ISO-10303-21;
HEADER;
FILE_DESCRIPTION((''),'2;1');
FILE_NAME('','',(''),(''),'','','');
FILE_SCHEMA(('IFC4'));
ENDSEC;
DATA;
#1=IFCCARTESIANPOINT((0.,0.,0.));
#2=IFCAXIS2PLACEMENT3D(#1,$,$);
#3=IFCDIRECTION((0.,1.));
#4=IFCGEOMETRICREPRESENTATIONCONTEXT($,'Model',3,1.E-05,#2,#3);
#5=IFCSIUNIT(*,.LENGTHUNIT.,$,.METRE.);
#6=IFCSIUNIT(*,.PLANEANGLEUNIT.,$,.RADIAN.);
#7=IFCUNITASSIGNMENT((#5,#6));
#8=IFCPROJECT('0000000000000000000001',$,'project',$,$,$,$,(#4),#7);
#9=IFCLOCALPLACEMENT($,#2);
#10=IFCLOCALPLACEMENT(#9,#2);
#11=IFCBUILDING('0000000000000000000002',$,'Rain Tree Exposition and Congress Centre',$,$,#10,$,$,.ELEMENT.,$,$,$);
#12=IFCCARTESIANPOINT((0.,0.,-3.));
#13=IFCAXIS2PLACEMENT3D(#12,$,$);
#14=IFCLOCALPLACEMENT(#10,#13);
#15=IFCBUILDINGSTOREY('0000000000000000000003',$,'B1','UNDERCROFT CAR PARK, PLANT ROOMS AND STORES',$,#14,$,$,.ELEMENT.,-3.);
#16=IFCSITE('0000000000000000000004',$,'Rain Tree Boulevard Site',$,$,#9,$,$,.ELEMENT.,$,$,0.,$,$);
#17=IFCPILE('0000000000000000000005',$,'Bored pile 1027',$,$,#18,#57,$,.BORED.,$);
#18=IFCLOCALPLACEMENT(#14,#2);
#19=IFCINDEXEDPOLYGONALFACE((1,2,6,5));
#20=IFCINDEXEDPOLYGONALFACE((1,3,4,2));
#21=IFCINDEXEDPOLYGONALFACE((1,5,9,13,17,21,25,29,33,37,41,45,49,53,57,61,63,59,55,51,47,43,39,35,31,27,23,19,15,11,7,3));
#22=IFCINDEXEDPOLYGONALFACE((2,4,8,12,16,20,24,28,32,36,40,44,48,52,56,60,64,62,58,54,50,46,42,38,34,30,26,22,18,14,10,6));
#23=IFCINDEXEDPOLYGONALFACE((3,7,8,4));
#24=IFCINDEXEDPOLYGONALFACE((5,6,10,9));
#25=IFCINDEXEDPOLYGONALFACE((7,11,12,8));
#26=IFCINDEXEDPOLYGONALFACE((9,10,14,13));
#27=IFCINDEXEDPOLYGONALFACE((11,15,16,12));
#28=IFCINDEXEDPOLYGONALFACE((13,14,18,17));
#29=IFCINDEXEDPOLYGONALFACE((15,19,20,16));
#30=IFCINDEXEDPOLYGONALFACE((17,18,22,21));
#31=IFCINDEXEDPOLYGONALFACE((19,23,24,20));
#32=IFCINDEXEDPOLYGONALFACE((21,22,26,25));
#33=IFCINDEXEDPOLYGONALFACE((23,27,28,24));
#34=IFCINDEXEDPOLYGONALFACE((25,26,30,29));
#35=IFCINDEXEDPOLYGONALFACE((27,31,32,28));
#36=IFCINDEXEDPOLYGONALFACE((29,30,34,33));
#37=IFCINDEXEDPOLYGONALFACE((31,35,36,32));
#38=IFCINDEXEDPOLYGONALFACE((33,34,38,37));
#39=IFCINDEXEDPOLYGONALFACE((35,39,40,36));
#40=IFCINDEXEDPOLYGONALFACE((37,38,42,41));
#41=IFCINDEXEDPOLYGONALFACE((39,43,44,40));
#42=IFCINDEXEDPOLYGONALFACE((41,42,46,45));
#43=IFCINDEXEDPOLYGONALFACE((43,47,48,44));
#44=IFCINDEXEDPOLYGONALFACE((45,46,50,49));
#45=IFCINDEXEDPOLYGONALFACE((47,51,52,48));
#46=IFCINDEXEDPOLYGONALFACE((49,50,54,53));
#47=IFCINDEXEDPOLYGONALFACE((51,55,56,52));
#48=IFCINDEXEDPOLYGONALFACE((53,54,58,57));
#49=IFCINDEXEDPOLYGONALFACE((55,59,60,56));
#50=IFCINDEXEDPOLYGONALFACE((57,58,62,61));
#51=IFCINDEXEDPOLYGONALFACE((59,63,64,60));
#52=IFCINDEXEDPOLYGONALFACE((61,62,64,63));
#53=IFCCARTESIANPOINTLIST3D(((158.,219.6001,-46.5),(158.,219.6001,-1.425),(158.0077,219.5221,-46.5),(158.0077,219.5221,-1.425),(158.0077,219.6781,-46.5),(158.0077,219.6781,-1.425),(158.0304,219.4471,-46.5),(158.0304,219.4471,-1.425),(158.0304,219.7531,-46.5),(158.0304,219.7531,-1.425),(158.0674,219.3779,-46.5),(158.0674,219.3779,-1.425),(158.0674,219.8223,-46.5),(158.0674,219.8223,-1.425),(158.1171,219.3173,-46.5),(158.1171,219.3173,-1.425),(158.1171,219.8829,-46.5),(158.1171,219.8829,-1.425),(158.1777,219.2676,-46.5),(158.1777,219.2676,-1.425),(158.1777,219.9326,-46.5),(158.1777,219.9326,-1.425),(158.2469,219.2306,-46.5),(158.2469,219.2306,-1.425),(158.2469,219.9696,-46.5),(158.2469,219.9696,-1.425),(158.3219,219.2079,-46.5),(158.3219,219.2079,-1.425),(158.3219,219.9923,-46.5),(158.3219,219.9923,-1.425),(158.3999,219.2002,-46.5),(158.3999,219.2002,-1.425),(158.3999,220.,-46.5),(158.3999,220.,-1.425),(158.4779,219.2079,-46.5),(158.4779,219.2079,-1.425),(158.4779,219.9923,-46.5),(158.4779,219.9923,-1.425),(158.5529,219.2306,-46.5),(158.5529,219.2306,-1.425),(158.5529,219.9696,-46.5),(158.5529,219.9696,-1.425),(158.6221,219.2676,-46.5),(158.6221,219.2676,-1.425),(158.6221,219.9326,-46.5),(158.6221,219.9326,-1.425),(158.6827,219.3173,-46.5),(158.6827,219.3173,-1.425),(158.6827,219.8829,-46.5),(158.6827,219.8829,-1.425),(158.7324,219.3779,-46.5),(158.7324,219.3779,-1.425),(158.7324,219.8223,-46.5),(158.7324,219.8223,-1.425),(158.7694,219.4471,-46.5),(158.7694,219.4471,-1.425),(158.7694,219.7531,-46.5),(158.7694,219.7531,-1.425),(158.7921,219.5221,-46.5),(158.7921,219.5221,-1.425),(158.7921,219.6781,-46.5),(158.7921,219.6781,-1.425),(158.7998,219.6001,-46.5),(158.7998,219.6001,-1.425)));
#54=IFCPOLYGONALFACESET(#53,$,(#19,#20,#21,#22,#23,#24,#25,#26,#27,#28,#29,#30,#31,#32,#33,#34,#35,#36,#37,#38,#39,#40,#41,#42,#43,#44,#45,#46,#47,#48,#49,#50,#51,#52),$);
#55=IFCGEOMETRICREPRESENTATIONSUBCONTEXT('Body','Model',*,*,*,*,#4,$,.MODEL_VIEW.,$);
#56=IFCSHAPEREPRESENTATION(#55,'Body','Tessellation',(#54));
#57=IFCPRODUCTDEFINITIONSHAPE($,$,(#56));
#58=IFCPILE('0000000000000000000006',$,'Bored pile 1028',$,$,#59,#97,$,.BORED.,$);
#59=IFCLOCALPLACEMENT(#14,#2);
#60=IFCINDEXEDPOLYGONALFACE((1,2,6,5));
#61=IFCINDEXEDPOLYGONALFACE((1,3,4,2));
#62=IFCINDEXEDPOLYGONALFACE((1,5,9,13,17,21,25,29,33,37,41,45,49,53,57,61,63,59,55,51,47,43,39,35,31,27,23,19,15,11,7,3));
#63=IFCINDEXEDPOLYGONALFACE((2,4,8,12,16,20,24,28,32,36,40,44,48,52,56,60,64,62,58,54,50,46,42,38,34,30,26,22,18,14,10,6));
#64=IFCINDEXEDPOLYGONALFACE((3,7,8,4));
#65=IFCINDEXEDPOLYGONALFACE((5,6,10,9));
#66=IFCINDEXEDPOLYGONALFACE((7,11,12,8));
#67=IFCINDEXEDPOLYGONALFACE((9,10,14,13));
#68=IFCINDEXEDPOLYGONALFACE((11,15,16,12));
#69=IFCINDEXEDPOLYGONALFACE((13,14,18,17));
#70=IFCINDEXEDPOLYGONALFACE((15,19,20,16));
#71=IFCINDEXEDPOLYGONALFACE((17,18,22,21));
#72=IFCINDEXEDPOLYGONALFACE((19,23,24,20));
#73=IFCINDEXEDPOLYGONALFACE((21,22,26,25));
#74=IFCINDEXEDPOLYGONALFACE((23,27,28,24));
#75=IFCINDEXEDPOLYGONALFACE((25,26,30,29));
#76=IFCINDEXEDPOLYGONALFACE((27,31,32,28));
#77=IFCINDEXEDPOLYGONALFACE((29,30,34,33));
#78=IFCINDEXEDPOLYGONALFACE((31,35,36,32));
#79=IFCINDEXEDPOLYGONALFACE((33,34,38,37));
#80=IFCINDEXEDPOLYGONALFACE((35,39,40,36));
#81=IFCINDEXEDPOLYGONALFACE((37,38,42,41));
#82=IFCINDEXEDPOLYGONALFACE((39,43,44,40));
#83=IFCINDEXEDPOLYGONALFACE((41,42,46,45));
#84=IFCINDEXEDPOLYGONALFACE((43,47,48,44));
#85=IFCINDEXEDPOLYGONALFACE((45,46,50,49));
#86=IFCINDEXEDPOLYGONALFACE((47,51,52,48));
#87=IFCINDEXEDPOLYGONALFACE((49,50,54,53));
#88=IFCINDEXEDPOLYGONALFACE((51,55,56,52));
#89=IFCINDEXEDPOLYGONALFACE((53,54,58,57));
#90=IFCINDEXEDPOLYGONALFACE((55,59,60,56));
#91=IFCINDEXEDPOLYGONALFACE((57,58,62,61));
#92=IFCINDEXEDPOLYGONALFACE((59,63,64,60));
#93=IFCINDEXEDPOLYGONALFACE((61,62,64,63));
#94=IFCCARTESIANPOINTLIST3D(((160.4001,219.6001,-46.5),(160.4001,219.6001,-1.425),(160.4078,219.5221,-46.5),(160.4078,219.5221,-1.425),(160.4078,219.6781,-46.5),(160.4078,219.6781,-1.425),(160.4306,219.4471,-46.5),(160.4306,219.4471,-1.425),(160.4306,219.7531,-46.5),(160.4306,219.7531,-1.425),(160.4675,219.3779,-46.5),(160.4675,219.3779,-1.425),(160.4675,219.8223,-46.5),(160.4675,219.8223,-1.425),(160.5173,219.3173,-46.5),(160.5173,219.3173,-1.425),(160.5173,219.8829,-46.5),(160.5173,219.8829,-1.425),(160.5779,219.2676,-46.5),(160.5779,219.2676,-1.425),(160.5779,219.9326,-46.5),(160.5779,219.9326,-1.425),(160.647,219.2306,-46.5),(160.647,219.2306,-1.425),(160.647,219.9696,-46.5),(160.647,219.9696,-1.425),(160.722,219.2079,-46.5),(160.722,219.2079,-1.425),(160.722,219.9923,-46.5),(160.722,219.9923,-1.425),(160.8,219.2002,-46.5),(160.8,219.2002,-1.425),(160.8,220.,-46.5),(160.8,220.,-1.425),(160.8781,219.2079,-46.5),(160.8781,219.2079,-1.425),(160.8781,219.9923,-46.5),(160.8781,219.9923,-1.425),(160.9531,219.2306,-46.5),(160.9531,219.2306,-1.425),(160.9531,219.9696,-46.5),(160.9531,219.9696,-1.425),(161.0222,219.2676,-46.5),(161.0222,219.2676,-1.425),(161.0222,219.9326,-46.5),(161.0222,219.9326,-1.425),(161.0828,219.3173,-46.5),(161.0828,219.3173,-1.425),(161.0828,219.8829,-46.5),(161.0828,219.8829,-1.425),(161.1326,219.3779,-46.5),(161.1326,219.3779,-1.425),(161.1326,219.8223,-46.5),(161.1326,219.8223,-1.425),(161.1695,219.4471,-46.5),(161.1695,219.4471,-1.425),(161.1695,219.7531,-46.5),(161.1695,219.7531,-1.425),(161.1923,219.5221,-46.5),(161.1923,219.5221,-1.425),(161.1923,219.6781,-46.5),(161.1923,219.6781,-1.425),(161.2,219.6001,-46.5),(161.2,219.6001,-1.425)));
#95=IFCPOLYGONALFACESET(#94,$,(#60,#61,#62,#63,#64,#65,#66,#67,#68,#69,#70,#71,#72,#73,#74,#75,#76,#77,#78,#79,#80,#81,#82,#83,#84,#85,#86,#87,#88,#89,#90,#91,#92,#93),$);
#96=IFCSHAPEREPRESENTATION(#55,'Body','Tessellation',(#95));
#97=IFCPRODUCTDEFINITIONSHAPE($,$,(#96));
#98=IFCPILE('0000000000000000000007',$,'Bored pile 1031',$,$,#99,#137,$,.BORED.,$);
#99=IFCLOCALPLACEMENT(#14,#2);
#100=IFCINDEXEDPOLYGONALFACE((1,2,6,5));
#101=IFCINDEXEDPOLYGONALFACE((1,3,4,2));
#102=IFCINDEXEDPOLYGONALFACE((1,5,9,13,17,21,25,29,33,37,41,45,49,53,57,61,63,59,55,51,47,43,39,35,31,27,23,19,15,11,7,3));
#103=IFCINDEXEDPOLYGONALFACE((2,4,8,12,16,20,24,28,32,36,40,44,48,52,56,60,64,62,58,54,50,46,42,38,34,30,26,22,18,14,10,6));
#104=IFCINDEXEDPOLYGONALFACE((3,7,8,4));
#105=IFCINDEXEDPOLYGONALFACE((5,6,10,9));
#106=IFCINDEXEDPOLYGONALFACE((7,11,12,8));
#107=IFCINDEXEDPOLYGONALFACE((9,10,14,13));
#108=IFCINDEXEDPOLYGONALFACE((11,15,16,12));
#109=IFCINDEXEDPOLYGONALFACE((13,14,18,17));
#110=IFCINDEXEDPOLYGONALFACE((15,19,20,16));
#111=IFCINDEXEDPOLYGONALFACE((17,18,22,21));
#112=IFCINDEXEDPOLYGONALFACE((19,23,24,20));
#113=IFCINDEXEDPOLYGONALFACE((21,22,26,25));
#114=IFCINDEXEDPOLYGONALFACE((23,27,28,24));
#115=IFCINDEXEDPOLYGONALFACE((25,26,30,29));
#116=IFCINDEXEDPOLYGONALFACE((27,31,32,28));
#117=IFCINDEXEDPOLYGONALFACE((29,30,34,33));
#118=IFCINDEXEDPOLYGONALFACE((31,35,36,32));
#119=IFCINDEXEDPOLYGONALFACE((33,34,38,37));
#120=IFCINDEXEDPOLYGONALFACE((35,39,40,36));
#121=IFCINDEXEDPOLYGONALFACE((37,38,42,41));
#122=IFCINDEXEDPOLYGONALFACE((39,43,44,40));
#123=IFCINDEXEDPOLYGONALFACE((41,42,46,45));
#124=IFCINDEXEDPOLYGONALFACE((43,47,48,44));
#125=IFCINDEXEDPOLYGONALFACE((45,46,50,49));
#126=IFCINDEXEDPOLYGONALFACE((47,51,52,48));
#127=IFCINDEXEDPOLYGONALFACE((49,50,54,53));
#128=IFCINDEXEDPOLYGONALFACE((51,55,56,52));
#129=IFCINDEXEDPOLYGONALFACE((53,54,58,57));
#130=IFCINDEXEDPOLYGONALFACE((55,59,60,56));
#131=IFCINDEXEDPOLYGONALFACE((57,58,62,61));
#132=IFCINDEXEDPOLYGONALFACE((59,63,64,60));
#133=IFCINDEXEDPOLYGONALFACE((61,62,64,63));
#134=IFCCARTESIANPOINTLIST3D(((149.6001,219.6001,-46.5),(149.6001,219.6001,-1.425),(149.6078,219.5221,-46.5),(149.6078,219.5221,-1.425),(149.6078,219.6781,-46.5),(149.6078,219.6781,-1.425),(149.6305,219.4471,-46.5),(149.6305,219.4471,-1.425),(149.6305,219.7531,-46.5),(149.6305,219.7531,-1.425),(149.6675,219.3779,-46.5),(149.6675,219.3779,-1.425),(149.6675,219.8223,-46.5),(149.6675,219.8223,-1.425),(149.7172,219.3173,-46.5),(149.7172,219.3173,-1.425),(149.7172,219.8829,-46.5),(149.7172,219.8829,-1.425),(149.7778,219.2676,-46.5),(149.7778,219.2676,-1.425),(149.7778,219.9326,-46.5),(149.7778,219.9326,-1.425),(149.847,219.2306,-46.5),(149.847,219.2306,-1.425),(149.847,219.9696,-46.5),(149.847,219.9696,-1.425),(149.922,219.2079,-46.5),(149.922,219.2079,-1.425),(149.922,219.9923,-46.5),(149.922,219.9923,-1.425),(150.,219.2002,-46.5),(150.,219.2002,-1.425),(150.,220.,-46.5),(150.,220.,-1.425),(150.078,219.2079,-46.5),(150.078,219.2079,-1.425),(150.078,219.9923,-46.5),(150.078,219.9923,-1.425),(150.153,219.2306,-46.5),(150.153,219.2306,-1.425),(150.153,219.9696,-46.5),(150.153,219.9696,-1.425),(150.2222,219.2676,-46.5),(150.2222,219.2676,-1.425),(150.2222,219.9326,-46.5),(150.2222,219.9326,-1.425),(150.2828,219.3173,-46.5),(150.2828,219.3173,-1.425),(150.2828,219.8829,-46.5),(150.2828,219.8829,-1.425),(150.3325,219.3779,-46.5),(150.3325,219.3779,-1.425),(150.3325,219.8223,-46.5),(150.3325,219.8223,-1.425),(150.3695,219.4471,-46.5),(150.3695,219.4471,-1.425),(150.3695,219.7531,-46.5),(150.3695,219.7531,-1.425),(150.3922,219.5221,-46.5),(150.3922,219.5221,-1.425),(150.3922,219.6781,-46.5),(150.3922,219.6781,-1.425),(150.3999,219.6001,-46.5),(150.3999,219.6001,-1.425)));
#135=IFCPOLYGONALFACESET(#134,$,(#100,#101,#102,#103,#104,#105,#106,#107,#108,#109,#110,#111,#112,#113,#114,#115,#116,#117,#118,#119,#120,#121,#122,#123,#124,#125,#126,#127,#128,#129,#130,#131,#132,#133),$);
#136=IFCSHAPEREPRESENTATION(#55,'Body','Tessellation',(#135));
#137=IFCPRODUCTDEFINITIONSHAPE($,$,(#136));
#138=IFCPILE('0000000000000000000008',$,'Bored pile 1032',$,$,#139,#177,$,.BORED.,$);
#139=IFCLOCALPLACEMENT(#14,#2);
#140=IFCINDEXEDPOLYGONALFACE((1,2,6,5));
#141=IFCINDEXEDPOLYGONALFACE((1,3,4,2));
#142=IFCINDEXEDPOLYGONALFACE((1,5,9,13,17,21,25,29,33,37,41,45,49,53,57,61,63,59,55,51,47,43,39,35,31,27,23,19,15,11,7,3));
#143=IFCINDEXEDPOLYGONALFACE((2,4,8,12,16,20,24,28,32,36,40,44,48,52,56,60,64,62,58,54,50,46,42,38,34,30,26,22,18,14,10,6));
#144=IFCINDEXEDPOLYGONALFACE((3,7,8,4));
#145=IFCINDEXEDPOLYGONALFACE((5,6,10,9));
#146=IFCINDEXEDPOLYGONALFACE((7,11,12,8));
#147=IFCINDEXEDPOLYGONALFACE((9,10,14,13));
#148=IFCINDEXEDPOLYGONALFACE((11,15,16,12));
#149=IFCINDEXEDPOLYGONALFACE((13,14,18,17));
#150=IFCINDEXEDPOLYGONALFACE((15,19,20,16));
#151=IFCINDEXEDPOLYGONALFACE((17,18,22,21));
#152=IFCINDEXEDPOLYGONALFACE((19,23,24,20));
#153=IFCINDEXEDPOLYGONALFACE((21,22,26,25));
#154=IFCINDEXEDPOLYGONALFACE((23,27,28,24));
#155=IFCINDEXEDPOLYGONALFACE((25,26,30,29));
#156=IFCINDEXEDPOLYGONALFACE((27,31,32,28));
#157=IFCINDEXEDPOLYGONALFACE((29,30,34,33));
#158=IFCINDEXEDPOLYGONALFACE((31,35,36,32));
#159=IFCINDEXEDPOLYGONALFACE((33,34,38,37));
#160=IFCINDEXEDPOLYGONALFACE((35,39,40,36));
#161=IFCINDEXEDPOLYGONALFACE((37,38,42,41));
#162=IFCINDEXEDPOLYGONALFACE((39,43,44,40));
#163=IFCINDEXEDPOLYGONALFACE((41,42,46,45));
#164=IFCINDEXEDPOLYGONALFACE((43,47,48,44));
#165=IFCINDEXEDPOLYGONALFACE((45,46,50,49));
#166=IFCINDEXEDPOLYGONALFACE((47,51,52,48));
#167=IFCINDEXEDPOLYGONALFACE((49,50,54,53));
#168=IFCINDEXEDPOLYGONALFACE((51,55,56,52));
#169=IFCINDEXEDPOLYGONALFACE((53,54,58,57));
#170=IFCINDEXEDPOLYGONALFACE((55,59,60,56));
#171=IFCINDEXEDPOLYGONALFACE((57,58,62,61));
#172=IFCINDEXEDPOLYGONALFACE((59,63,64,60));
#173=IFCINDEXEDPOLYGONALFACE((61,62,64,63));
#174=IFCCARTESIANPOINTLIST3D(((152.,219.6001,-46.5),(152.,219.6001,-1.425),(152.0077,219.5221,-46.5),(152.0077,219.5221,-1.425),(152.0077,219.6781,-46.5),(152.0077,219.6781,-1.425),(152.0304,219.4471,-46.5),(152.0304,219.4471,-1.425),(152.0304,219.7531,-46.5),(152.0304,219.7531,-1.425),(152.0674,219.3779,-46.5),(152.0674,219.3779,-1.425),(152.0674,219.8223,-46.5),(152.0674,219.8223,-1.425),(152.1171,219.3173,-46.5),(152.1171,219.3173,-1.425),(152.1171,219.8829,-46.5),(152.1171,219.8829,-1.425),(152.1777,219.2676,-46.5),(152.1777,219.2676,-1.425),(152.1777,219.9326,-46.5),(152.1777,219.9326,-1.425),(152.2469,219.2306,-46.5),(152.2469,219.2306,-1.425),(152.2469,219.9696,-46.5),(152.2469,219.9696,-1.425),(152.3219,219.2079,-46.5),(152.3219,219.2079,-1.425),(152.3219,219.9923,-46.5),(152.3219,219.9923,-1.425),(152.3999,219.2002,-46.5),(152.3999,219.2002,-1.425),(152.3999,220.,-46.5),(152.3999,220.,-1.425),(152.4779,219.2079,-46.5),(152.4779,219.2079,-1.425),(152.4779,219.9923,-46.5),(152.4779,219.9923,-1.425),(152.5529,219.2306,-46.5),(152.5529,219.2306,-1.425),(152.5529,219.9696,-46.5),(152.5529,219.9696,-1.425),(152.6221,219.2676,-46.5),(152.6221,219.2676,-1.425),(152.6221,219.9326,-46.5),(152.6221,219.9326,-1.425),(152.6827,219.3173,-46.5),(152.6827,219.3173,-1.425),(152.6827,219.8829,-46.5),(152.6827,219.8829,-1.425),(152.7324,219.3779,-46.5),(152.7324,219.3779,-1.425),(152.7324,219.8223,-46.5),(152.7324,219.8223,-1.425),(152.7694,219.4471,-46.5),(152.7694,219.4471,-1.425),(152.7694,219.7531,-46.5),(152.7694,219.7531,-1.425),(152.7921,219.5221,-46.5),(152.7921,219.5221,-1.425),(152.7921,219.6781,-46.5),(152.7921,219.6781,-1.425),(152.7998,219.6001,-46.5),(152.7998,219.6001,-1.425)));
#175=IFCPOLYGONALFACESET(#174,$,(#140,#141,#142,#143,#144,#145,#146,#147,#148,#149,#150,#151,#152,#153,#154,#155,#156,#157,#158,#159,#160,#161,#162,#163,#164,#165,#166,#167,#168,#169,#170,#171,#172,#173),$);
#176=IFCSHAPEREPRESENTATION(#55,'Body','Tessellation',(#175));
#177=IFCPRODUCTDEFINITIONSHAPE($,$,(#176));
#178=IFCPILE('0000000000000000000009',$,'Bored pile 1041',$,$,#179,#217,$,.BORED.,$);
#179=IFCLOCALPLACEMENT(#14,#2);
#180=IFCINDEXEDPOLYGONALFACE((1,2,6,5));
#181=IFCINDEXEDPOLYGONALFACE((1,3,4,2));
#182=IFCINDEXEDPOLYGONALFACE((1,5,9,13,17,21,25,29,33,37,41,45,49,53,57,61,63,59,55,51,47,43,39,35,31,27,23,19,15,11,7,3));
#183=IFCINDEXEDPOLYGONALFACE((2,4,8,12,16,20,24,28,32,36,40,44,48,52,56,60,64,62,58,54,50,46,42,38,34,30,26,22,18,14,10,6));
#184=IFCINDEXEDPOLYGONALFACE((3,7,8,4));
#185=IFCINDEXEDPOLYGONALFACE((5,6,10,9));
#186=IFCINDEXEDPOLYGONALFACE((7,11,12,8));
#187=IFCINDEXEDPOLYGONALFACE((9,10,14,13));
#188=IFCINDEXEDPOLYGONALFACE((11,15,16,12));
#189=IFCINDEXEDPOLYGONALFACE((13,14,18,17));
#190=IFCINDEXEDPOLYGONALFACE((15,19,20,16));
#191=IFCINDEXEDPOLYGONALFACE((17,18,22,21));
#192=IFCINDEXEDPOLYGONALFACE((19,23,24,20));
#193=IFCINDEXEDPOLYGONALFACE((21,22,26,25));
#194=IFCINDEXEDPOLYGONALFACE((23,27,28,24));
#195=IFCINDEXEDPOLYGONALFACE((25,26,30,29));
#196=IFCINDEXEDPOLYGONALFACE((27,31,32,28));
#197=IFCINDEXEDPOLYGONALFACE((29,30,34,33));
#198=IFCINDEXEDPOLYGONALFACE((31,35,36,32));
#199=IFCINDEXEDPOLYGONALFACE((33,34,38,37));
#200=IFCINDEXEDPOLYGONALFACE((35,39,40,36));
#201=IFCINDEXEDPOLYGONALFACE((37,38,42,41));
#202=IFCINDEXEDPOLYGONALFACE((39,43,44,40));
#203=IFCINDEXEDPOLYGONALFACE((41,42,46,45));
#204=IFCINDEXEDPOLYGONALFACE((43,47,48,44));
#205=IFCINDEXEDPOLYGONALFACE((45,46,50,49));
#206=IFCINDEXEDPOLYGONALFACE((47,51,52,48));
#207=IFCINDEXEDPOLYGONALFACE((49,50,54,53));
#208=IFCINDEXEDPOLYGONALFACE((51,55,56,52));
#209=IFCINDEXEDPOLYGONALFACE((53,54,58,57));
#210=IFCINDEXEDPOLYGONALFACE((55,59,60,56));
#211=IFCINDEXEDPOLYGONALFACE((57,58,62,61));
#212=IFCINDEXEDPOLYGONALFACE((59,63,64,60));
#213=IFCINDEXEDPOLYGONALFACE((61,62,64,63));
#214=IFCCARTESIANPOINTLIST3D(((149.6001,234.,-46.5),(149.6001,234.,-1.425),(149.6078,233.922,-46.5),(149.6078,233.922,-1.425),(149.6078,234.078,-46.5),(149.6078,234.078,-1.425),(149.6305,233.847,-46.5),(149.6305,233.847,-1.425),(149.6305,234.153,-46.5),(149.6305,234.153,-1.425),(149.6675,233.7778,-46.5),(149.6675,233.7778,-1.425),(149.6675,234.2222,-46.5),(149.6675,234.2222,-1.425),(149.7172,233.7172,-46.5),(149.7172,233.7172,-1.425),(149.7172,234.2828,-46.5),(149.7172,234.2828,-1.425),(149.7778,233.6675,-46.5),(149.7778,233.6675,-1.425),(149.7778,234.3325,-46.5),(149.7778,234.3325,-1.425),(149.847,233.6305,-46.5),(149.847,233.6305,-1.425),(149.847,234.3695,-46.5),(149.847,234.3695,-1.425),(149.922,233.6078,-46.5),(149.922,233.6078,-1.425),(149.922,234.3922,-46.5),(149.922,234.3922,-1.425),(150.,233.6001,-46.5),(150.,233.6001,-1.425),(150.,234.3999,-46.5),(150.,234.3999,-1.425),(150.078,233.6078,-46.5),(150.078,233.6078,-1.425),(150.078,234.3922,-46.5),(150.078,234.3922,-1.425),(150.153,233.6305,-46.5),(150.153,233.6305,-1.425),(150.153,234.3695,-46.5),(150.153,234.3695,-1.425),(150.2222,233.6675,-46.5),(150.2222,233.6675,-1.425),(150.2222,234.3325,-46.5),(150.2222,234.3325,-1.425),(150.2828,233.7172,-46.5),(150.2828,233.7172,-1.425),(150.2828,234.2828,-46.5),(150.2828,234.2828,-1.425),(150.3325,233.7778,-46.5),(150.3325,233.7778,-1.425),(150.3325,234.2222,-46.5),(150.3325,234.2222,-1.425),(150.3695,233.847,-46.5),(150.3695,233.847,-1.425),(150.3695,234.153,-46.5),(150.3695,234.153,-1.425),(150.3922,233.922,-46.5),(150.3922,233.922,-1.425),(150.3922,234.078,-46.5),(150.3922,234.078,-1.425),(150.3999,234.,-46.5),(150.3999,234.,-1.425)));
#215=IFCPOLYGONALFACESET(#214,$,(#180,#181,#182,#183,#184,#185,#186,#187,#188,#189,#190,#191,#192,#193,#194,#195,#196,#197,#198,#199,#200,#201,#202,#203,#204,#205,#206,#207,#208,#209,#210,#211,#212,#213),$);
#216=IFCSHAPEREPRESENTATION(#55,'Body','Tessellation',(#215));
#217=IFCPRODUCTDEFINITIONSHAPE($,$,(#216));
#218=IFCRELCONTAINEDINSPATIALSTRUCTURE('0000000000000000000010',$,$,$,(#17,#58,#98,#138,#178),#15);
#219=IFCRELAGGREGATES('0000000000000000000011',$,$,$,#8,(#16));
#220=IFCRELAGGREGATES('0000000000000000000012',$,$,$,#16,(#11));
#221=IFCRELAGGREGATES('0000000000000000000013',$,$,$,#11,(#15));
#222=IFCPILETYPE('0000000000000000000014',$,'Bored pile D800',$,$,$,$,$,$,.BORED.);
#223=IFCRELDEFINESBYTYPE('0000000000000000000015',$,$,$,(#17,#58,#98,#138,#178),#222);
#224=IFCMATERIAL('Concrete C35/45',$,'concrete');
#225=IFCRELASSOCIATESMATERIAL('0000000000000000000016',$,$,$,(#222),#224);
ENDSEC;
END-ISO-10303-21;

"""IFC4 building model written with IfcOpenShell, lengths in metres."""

from ifc_helpers import new_model, si_unit, direction, frame, origin, origin_2d, place, context, subcontext, project, spatial, circle, extrude, material, material_profile, profile_set, type_object, element, save


model = new_model("IFC4")

# Units and contexts
model_context = context("Model", 3, precision=1e-05, world=origin(), true_north=direction((0.0, 1.0)))
body_context = subcontext(model_context, "Body", "Model", "MODEL_VIEW")
ifc_project = project(units=[si_unit("LENGTHUNIT", "METRE"), si_unit("PLANEANGLEUNIT", "RADIAN")], contexts=[model_context])

# Site, building, storey
site_placement = place(None, origin())
site = spatial("IfcSite", under=ifc_project, at=site_placement, Name="Rain Tree Boulevard Site", CompositionType="ELEMENT", RefElevation=0.0)
building_placement = place(site_placement, origin())
building = spatial("IfcBuilding", under=site, at=building_placement, Name="Rain Tree Exposition and Congress Centre", CompositionType="ELEMENT")
storey_placement = place(building_placement, frame((0.0, 0.0, -3.0)))
storey = spatial("IfcBuildingStorey", under=building, at=storey_placement, Name="B1", Description="UNDERCROFT CAR PARK, PLANT ROOMS AND STORES", CompositionType="ELEMENT", Elevation=-3.0)

# Piles
ifc_material_1 = material(Name="Concrete C35/45", Category="concrete")
ifc_material_profile_1 = material_profile(ifc_material_1, circle(Radius=0.3999, at=origin_2d()), Name="D800")
ifc_profile_set_1 = profile_set([ifc_material_profile_1], Name="Concrete C35/45")
pile_type = type_object("IfcPileType", Name="Bored pile D800", PredefinedType="BORED", material=ifc_profile_set_1)
for number, where, z_axis, x_axis, name in (
    (1, (158.3999, 219.6001, -1.425), (0.0, 0.0, -1.0), (1.0, 0.0, 0.0), "Bored pile 1027"),
    (2, (160.8, 219.6001, -1.425), (0.0, 0.0, -1.0), (1.0, 0.0, 0.0), "Bored pile 1028"),
    (3, (150.0, 219.6001, -1.425), (0.0, 0.0, -1.0), (1.0, 0.0, 0.0), "Bored pile 1031"),
    (4, (152.3999, 219.6001, -1.425), (0.0, 0.0, -1.0), (1.0, 0.0, 0.0), "Bored pile 1032"),
    (5, (150.0, 234.0, -1.425), (0.0, 0.0, -1.0), (1.0, 0.0, 0.0), "Bored pile 1041"),
):
    element("IfcPile", number, at=place(storey_placement, frame(where, z_axis=z_axis, x_axis=x_axis)), inside=storey, type_object=pile_type, Name=name, PredefinedType="BORED", context=body_context, shape_type="SweptSolid", body=[
        extrude(circle(Radius=0.3999, at=origin_2d()), origin(), (0.0, 0.0, 1.0), 45.075),
    ])

save(model, "model.ifc")
